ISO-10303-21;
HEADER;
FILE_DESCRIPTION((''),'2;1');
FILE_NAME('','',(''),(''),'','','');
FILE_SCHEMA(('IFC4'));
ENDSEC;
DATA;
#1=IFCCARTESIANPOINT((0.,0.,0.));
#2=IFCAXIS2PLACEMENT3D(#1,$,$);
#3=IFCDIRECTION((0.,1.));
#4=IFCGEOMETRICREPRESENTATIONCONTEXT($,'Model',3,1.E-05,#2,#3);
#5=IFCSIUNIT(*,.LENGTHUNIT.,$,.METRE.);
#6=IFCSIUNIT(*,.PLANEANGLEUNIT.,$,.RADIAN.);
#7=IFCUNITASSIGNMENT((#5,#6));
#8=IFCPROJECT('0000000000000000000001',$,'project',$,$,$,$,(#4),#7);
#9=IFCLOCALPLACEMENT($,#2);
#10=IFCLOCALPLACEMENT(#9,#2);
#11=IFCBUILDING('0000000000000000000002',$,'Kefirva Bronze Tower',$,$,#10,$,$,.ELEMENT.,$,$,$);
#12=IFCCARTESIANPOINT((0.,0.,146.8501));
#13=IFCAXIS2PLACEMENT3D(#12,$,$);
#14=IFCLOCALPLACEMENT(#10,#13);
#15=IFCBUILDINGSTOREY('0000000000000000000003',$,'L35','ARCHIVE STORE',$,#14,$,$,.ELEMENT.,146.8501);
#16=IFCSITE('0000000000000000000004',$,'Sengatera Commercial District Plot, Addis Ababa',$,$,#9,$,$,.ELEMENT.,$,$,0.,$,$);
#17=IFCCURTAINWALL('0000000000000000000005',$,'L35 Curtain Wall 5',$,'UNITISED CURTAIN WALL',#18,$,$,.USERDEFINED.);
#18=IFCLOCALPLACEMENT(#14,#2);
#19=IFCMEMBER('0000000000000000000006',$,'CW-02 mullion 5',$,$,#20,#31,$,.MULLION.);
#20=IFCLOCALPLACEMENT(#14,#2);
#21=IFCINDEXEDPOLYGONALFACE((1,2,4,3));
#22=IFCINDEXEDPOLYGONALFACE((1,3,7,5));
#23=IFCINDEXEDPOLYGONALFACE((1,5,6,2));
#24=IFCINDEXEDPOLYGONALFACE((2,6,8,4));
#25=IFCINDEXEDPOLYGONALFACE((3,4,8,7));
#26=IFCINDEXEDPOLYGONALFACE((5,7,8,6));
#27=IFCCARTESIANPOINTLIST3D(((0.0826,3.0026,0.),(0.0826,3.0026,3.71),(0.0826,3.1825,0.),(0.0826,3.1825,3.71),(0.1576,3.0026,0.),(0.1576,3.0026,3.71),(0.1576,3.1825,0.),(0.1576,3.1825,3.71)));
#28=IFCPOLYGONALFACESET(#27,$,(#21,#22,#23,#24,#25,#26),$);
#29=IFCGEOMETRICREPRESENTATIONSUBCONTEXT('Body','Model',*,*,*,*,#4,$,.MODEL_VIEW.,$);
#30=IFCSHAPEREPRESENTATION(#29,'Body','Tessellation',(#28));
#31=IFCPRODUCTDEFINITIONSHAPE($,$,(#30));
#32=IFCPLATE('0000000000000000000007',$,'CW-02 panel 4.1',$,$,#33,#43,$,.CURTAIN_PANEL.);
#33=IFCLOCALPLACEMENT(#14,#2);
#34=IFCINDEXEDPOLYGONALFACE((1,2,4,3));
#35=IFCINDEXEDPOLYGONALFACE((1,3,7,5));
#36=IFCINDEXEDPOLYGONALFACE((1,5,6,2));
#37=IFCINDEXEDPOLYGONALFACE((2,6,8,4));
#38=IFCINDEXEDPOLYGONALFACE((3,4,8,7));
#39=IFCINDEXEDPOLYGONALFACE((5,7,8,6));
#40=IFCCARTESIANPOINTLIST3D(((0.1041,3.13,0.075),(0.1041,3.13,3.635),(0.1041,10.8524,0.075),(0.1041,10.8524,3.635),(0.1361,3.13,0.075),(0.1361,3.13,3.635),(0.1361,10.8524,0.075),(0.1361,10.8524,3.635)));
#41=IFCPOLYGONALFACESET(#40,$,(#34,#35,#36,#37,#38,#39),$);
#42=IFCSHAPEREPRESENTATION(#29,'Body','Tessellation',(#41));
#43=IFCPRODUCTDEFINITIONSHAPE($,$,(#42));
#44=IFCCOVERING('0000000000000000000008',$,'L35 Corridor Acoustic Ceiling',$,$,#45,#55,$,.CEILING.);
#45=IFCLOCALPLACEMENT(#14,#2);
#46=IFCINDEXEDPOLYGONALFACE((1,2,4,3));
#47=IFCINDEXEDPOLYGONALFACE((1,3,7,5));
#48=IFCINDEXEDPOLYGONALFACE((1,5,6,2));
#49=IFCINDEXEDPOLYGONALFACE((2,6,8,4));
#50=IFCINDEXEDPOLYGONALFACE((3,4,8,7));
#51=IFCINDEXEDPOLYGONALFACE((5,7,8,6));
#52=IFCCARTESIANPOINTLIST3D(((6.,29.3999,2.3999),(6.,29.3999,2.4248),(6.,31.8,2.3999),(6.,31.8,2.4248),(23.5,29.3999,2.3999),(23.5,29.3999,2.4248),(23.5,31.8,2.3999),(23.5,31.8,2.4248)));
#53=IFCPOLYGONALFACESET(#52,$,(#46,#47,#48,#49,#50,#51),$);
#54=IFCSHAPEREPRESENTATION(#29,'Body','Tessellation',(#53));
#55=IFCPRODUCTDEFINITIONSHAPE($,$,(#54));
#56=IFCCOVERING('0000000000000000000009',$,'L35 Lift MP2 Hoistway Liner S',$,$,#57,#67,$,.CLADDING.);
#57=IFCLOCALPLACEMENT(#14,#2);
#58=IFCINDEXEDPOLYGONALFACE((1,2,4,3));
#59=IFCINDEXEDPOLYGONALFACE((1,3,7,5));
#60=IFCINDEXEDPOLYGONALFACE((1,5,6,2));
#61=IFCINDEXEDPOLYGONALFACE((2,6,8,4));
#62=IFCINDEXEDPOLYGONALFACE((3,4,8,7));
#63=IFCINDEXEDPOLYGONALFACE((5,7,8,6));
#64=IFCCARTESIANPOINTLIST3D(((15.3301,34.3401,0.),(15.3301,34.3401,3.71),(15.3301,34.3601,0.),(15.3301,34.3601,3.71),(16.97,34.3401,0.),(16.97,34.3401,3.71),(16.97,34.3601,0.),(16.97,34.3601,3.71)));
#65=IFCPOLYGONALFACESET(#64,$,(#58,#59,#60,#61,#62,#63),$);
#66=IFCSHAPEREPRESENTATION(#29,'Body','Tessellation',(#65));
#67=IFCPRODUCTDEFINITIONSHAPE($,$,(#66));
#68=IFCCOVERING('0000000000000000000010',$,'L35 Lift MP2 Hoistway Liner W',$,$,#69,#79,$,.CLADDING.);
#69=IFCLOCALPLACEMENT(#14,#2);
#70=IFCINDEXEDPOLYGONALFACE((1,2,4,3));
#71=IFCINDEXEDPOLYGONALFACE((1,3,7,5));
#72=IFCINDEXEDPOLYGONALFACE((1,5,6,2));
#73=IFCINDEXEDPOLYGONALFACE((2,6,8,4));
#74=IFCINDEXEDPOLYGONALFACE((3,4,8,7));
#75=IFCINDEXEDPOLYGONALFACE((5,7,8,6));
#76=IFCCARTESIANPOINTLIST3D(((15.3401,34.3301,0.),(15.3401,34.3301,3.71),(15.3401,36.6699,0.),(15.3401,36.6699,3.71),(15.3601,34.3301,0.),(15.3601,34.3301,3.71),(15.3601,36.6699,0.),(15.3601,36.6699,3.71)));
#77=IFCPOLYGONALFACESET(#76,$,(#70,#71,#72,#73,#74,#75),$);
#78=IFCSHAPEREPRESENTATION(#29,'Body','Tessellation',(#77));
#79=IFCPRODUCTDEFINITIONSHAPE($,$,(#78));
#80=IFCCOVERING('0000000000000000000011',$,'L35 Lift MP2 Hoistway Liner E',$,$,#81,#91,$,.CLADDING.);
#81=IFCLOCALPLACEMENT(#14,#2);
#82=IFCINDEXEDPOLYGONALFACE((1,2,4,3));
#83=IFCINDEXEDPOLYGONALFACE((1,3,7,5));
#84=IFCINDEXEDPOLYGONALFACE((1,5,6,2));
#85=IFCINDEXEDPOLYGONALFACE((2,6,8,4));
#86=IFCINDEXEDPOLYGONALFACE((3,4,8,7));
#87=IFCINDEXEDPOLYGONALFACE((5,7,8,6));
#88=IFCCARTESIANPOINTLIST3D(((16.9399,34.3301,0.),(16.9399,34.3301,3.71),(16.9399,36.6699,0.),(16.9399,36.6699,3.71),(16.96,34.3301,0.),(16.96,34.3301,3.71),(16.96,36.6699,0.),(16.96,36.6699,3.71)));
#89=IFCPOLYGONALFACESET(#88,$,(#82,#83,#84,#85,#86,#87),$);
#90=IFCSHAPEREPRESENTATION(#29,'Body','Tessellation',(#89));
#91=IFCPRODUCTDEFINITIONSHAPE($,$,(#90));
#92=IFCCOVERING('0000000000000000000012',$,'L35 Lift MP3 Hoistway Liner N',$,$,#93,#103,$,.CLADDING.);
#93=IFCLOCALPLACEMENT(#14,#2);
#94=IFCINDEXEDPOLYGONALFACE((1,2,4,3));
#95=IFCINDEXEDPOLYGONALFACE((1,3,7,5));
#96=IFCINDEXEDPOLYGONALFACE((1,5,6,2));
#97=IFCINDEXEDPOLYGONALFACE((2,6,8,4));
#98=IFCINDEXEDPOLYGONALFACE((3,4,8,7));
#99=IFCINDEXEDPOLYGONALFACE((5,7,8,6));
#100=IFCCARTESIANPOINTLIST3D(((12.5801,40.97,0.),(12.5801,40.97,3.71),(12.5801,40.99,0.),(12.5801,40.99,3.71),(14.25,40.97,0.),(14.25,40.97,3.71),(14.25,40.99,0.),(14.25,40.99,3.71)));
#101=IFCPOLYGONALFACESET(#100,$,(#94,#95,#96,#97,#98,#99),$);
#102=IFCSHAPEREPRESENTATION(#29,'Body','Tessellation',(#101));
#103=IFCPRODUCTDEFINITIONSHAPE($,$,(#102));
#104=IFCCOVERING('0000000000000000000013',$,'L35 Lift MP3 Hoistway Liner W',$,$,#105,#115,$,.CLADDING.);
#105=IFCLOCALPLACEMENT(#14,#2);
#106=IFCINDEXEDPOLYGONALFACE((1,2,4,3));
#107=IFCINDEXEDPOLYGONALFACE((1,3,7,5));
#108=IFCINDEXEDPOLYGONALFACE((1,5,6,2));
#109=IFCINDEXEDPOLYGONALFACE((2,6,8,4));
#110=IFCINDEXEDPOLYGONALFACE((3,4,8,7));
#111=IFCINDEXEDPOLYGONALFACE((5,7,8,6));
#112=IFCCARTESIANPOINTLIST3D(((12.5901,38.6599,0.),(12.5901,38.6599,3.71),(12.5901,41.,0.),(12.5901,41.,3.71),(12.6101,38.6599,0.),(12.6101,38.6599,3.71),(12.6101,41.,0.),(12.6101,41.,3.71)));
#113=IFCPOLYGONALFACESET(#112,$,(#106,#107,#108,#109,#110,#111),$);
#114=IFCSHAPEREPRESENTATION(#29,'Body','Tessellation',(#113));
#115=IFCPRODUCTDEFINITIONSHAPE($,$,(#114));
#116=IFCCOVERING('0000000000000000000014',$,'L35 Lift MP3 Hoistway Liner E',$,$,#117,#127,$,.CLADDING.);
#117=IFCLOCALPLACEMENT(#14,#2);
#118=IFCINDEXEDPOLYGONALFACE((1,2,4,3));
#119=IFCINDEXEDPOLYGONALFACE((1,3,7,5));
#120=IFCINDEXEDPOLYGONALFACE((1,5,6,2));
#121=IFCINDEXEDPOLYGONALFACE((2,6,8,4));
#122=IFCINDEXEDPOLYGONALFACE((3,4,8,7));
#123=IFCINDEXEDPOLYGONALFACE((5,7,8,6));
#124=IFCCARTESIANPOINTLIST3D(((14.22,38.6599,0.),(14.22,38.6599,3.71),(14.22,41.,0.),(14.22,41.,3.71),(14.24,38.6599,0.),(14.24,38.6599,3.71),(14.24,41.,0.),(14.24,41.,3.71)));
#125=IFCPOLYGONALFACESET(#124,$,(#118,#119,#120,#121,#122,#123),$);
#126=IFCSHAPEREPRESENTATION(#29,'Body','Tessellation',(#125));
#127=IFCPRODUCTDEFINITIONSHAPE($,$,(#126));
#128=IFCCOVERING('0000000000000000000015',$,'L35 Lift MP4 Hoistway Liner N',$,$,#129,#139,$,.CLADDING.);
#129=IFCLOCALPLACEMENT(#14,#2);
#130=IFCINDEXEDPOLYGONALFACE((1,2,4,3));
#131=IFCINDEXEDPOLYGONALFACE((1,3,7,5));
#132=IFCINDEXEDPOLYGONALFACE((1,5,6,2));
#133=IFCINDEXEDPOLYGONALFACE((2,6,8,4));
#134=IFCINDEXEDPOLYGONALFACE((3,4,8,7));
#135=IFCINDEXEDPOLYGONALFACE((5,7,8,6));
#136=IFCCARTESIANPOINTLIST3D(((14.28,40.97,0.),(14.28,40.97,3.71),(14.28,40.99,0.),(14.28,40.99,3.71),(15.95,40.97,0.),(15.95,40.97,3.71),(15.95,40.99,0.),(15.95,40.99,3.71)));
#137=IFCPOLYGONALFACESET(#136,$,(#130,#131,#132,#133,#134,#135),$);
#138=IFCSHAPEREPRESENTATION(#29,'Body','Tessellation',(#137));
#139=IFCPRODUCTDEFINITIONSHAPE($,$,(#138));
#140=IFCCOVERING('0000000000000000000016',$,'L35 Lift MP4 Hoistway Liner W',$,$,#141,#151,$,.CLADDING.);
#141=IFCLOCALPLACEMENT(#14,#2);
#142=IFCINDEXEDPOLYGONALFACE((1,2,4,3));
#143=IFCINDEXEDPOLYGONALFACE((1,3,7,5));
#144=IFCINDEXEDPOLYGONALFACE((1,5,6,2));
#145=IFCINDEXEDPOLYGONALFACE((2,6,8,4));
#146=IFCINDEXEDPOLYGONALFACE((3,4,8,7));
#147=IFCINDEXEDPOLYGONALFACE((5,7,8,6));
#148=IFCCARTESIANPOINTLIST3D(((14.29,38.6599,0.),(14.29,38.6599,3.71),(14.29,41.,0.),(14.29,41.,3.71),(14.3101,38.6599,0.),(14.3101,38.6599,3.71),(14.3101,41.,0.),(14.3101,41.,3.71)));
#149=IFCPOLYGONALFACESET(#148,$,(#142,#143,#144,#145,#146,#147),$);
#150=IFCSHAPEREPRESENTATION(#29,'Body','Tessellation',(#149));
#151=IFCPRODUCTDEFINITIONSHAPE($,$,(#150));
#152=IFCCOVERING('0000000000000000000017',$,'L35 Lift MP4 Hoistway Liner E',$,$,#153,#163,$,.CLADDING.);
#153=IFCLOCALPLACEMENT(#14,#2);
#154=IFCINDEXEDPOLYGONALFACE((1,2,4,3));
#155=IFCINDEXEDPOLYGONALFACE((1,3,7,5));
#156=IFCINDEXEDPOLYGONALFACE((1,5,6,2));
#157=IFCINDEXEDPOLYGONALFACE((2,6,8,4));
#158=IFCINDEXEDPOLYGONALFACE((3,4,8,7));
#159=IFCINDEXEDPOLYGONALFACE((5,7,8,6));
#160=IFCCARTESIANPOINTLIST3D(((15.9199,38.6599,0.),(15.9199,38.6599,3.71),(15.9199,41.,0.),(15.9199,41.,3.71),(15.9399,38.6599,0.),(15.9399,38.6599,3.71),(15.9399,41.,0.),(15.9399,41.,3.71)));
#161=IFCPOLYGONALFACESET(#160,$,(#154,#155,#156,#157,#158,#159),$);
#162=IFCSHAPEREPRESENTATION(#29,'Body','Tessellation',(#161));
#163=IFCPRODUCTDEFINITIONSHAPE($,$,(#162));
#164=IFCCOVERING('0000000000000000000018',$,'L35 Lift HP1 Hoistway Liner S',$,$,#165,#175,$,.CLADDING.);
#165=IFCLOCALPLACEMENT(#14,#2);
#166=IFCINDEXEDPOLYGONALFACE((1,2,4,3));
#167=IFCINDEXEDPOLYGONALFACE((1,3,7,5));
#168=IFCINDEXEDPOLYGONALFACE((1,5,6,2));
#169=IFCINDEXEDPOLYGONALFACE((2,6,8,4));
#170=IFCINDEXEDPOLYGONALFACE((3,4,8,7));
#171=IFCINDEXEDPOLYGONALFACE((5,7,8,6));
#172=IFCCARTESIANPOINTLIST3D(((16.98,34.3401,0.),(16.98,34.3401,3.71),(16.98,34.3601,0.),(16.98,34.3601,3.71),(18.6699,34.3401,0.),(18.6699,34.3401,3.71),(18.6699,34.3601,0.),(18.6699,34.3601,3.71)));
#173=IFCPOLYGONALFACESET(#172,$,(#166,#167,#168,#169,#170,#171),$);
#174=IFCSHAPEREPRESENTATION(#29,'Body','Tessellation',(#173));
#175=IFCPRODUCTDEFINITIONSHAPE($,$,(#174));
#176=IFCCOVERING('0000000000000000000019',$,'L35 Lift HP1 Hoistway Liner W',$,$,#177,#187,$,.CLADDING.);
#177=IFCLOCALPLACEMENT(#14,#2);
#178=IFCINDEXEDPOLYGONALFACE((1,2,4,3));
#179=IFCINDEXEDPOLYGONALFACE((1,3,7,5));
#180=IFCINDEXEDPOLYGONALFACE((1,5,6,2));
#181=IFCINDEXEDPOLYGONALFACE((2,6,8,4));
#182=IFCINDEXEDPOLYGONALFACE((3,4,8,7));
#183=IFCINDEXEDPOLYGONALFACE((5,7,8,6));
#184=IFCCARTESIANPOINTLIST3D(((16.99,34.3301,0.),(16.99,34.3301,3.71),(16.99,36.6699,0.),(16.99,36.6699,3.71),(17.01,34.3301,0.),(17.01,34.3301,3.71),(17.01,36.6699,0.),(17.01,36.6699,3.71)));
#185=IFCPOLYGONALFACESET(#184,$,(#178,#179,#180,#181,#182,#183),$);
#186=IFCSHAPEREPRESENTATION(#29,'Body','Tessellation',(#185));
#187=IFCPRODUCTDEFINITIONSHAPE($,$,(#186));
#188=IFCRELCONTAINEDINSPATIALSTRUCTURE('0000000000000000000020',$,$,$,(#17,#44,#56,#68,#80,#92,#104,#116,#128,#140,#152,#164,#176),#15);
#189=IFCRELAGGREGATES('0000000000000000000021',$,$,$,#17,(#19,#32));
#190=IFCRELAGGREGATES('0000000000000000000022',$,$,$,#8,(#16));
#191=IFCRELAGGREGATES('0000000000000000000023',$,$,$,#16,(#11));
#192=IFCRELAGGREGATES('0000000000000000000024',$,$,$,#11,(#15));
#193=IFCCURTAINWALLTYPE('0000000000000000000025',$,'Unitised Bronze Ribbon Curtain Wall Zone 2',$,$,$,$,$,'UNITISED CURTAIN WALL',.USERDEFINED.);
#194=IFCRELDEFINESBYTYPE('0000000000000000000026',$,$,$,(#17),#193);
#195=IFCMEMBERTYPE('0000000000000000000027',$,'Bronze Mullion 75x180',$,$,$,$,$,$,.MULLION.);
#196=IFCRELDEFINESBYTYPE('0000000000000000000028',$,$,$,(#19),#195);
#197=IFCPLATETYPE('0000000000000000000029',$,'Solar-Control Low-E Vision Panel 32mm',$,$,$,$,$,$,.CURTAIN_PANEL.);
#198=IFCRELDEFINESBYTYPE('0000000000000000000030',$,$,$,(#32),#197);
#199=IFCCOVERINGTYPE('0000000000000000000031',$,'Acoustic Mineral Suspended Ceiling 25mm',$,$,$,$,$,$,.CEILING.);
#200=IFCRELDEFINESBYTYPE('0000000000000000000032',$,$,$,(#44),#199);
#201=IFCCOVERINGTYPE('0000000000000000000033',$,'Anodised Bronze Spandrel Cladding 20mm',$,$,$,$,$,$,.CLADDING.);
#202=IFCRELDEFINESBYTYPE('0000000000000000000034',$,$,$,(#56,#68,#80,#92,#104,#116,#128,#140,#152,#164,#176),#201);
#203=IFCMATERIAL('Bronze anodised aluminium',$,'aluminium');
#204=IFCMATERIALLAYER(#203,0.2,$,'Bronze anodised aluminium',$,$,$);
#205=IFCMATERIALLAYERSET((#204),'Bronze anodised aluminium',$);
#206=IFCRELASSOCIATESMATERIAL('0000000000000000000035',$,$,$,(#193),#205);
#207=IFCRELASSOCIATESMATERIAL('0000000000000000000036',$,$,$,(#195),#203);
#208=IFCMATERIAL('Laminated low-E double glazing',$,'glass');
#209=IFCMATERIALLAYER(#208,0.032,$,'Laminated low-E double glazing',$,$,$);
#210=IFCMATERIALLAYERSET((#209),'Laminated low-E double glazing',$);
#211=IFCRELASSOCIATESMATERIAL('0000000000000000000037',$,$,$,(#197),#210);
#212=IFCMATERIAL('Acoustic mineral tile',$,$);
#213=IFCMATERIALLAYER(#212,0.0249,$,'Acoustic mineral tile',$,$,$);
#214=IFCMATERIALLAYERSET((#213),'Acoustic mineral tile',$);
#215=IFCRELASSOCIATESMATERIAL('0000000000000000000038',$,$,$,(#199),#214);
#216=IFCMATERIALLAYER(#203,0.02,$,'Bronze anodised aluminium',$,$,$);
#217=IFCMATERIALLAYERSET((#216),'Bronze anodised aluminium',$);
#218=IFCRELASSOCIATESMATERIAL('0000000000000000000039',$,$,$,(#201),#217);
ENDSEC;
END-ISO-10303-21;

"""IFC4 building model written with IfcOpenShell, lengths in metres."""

from ifc_helpers import new_model, si_unit, direction, frame, origin, origin_2d, place, context, subcontext, project, spatial, polyline, rectangle, outline, extrude, material, layer, layer_set, material_profile, profile_set, type_object, element, aggregate, save


model = new_model("IFC4")

# Units and contexts
model_context = context("Model", 3, precision=1e-05, world=origin(), true_north=direction((0.0, 1.0)))
body_context = subcontext(model_context, "Body", "Model", "MODEL_VIEW")
ifc_project = project(units=[si_unit("LENGTHUNIT", "METRE"), si_unit("PLANEANGLEUNIT", "RADIAN")], contexts=[model_context])

# Site, building, storey
site_placement = place(None, origin())
site = spatial("IfcSite", under=ifc_project, at=site_placement, Name="Sengatera Commercial District Plot, Addis Ababa", CompositionType="ELEMENT", RefElevation=0.0)
building_placement = place(site_placement, origin())
building = spatial("IfcBuilding", under=site, at=building_placement, Name="Kefirva Bronze Tower", CompositionType="ELEMENT")
storey_placement = place(building_placement, frame((0.0, 0.0, 146.8501)))
storey = spatial("IfcBuildingStorey", under=building, at=storey_placement, Name="L35", Description="ARCHIVE STORE", CompositionType="ELEMENT", Elevation=146.8501)

# Curtain wall, member, plate
ifc_material_1 = material(Name="Bronze anodised aluminium", Category="aluminium")
ifc_layer_1 = layer(ifc_material_1, 0.2, Name="Bronze anodised aluminium")
ifc_layer_set_1 = layer_set([ifc_layer_1], Name="Bronze anodised aluminium")
curtain_wall_type = type_object("IfcCurtainWallType", Name="Unitised Bronze Ribbon Curtain Wall Zone 2", ElementType="UNITISED CURTAIN WALL", PredefinedType="USERDEFINED", material=ifc_layer_set_1)
curtain_wall_placement = place(storey_placement, origin())
curtain_wall = element("IfcCurtainWall", 1, at=curtain_wall_placement, inside=storey, type_object=curtain_wall_type, Name="L35 Curtain Wall 5", ObjectType="UNITISED CURTAIN WALL", PredefinedType="USERDEFINED")
ifc_material_profile = material_profile(ifc_material_1, rectangle(XDim=0.075, YDim=0.1799, at=origin_2d()), Name="ALU 75x180")
ifc_profile_set = profile_set([ifc_material_profile], Name="Bronze anodised aluminium")
member_type = type_object("IfcMemberType", Name="Bronze Mullion 75x180", PredefinedType="MULLION", material=ifc_profile_set)
member_placement = place(storey_placement, frame((0.1201, 3.0925, 0.0), z_axis=(0.0, 0.0, 1.0), x_axis=(1.0, 0.0, 0.0)))
member = element("IfcMember", 2, at=member_placement, type_object=member_type, Name="CW-02 mullion 5", PredefinedType="MULLION", context=body_context, shape_type="SweptSolid", body=[
    extrude(rectangle(XDim=0.075, YDim=0.1799, at=origin_2d()), origin(), (0.0, 0.0, 1.0), 3.71),
])
ifc_material_2 = material(Name="Laminated low-E double glazing", Category="glass")
ifc_layer_2 = layer(ifc_material_2, 0.032, Name="Laminated low-E double glazing")
ifc_layer_set_2 = layer_set([ifc_layer_2], Name="Laminated low-E double glazing")
plate_type = type_object("IfcPlateType", Name="Solar-Control Low-E Vision Panel 32mm", PredefinedType="CURTAIN_PANEL", material=ifc_layer_set_2)
plate_placement = place(storey_placement, frame((0.1201, 6.9912, 0.075), z_axis=(0.0, 0.0, 1.0), x_axis=(0.0, -1.0, 0.0)))
plate = element("IfcPlate", 3, at=plate_placement, type_object=plate_type, Name="CW-02 panel 4.1", PredefinedType="CURTAIN_PANEL", context=body_context, shape_type="SweptSolid", body=[
    extrude(rectangle(XDim=7.7224, YDim=0.032, at=origin_2d()), origin(), (0.0, 0.0, 1.0), 3.5601),
])
aggregate(curtain_wall, [member, plate])

# Coverings
ifc_material_3 = material(Name="Acoustic mineral tile")
ifc_layer_3 = layer(ifc_material_3, 0.0249, Name="Acoustic mineral tile")
ifc_layer_set_3 = layer_set([ifc_layer_3], Name="Acoustic mineral tile")
covering_type_1 = type_object("IfcCoveringType", Name="Acoustic Mineral Suspended Ceiling 25mm", PredefinedType="CEILING", material=ifc_layer_set_3)
covering_1_placement = place(storey_placement, frame((0.0, 0.0, 2.3999)))
element("IfcCovering", 4, at=covering_1_placement, inside=storey, type_object=covering_type_1, Name="L35 Corridor Acoustic Ceiling", PredefinedType="CEILING", context=body_context, shape_type="SweptSolid", body=[
    extrude(outline(polyline([(6.0, 29.3999), (23.5, 29.3999), (23.5, 31.8), (6.0, 31.8), (6.0, 29.3999)])), origin(), (0.0, 0.0, 1.0), 0.0249),
])
ifc_layer_4 = layer(ifc_material_1, 0.02, Name="Bronze anodised aluminium")
ifc_layer_set_4 = layer_set([ifc_layer_4], Name="Bronze anodised aluminium")
covering_type_2 = type_object("IfcCoveringType", Name="Anodised Bronze Spandrel Cladding 20mm", PredefinedType="CLADDING", material=ifc_layer_set_4)
covering_2_placement = place(storey_placement, origin())
element("IfcCovering", 5, at=covering_2_placement, inside=storey, type_object=covering_type_2, Name="L35 Lift MP2 Hoistway Liner S", PredefinedType="CLADDING", context=body_context, shape_type="SweptSolid", body=[
    extrude(outline(polyline([(15.3301, 34.3401), (16.97, 34.3401), (16.97, 34.3601), (15.3301, 34.3601), (15.3301, 34.3401)])), origin(), (0.0, 0.0, 1.0), 3.71),
])
covering_3_placement = place(storey_placement, origin())
element("IfcCovering", 6, at=covering_3_placement, inside=storey, type_object=covering_type_2, Name="L35 Lift MP2 Hoistway Liner W", PredefinedType="CLADDING", context=body_context, shape_type="SweptSolid", body=[
    extrude(outline(polyline([(15.3401, 34.3301), (15.3601, 34.3301), (15.3601, 36.6699), (15.3401, 36.6699), (15.3401, 34.3301)])), origin(), (0.0, 0.0, 1.0), 3.71),
])
covering_4_placement = place(storey_placement, origin())
element("IfcCovering", 7, at=covering_4_placement, inside=storey, type_object=covering_type_2, Name="L35 Lift MP2 Hoistway Liner E", PredefinedType="CLADDING", context=body_context, shape_type="SweptSolid", body=[
    extrude(outline(polyline([(16.9399, 34.3301), (16.96, 34.3301), (16.96, 36.6699), (16.9399, 36.6699), (16.9399, 34.3301)])), origin(), (0.0, 0.0, 1.0), 3.71),
])
covering_5_placement = place(storey_placement, origin())
element("IfcCovering", 8, at=covering_5_placement, inside=storey, type_object=covering_type_2, Name="L35 Lift MP3 Hoistway Liner N", PredefinedType="CLADDING", context=body_context, shape_type="SweptSolid", body=[
    extrude(outline(polyline([(12.5801, 40.97), (14.25, 40.97), (14.25, 40.99), (12.5801, 40.99), (12.5801, 40.97)])), origin(), (0.0, 0.0, 1.0), 3.71),
])
covering_6_placement = place(storey_placement, origin())
element("IfcCovering", 9, at=covering_6_placement, inside=storey, type_object=covering_type_2, Name="L35 Lift MP3 Hoistway Liner W", PredefinedType="CLADDING", context=body_context, shape_type="SweptSolid", body=[
    extrude(outline(polyline([(12.5901, 38.6599), (12.6101, 38.6599), (12.6101, 41.0), (12.5901, 41.0), (12.5901, 38.6599)])), origin(), (0.0, 0.0, 1.0), 3.71),
])
covering_7_placement = place(storey_placement, origin())
element("IfcCovering", 10, at=covering_7_placement, inside=storey, type_object=covering_type_2, Name="L35 Lift MP3 Hoistway Liner E", PredefinedType="CLADDING", context=body_context, shape_type="SweptSolid", body=[
    extrude(outline(polyline([(14.22, 38.6599), (14.24, 38.6599), (14.24, 41.0), (14.22, 41.0), (14.22, 38.6599)])), origin(), (0.0, 0.0, 1.0), 3.71),
])
covering_8_placement = place(storey_placement, origin())
element("IfcCovering", 11, at=covering_8_placement, inside=storey, type_object=covering_type_2, Name="L35 Lift MP4 Hoistway Liner N", PredefinedType="CLADDING", context=body_context, shape_type="SweptSolid", body=[
    extrude(outline(polyline([(14.28, 40.97), (15.95, 40.97), (15.95, 40.99), (14.28, 40.99), (14.28, 40.97)])), origin(), (0.0, 0.0, 1.0), 3.71),
])
covering_9_placement = place(storey_placement, origin())
element("IfcCovering", 12, at=covering_9_placement, inside=storey, type_object=covering_type_2, Name="L35 Lift MP4 Hoistway Liner W", PredefinedType="CLADDING", context=body_context, shape_type="SweptSolid", body=[
    extrude(outline(polyline([(14.29, 38.6599), (14.3101, 38.6599), (14.3101, 41.0), (14.29, 41.0), (14.29, 38.6599)])), origin(), (0.0, 0.0, 1.0), 3.71),
])
covering_10_placement = place(storey_placement, origin())
element("IfcCovering", 13, at=covering_10_placement, inside=storey, type_object=covering_type_2, Name="L35 Lift MP4 Hoistway Liner E", PredefinedType="CLADDING", context=body_context, shape_type="SweptSolid", body=[
    extrude(outline(polyline([(15.9199, 38.6599), (15.9399, 38.6599), (15.9399, 41.0), (15.9199, 41.0), (15.9199, 38.6599)])), origin(), (0.0, 0.0, 1.0), 3.71),
])
covering_11_placement = place(storey_placement, origin())
element("IfcCovering", 14, at=covering_11_placement, inside=storey, type_object=covering_type_2, Name="L35 Lift HP1 Hoistway Liner S", PredefinedType="CLADDING", context=body_context, shape_type="SweptSolid", body=[
    extrude(outline(polyline([(16.98, 34.3401), (18.6699, 34.3401), (18.6699, 34.3601), (16.98, 34.3601), (16.98, 34.3401)])), origin(), (0.0, 0.0, 1.0), 3.71),
])
covering_12_placement = place(storey_placement, origin())
element("IfcCovering", 15, at=covering_12_placement, inside=storey, type_object=covering_type_2, Name="L35 Lift HP1 Hoistway Liner W", PredefinedType="CLADDING", context=body_context, shape_type="SweptSolid", body=[
    extrude(outline(polyline([(16.99, 34.3301), (17.01, 34.3301), (17.01, 36.6699), (16.99, 36.6699), (16.99, 34.3301)])), origin(), (0.0, 0.0, 1.0), 3.71),
])

save(model, "model.ifc")
